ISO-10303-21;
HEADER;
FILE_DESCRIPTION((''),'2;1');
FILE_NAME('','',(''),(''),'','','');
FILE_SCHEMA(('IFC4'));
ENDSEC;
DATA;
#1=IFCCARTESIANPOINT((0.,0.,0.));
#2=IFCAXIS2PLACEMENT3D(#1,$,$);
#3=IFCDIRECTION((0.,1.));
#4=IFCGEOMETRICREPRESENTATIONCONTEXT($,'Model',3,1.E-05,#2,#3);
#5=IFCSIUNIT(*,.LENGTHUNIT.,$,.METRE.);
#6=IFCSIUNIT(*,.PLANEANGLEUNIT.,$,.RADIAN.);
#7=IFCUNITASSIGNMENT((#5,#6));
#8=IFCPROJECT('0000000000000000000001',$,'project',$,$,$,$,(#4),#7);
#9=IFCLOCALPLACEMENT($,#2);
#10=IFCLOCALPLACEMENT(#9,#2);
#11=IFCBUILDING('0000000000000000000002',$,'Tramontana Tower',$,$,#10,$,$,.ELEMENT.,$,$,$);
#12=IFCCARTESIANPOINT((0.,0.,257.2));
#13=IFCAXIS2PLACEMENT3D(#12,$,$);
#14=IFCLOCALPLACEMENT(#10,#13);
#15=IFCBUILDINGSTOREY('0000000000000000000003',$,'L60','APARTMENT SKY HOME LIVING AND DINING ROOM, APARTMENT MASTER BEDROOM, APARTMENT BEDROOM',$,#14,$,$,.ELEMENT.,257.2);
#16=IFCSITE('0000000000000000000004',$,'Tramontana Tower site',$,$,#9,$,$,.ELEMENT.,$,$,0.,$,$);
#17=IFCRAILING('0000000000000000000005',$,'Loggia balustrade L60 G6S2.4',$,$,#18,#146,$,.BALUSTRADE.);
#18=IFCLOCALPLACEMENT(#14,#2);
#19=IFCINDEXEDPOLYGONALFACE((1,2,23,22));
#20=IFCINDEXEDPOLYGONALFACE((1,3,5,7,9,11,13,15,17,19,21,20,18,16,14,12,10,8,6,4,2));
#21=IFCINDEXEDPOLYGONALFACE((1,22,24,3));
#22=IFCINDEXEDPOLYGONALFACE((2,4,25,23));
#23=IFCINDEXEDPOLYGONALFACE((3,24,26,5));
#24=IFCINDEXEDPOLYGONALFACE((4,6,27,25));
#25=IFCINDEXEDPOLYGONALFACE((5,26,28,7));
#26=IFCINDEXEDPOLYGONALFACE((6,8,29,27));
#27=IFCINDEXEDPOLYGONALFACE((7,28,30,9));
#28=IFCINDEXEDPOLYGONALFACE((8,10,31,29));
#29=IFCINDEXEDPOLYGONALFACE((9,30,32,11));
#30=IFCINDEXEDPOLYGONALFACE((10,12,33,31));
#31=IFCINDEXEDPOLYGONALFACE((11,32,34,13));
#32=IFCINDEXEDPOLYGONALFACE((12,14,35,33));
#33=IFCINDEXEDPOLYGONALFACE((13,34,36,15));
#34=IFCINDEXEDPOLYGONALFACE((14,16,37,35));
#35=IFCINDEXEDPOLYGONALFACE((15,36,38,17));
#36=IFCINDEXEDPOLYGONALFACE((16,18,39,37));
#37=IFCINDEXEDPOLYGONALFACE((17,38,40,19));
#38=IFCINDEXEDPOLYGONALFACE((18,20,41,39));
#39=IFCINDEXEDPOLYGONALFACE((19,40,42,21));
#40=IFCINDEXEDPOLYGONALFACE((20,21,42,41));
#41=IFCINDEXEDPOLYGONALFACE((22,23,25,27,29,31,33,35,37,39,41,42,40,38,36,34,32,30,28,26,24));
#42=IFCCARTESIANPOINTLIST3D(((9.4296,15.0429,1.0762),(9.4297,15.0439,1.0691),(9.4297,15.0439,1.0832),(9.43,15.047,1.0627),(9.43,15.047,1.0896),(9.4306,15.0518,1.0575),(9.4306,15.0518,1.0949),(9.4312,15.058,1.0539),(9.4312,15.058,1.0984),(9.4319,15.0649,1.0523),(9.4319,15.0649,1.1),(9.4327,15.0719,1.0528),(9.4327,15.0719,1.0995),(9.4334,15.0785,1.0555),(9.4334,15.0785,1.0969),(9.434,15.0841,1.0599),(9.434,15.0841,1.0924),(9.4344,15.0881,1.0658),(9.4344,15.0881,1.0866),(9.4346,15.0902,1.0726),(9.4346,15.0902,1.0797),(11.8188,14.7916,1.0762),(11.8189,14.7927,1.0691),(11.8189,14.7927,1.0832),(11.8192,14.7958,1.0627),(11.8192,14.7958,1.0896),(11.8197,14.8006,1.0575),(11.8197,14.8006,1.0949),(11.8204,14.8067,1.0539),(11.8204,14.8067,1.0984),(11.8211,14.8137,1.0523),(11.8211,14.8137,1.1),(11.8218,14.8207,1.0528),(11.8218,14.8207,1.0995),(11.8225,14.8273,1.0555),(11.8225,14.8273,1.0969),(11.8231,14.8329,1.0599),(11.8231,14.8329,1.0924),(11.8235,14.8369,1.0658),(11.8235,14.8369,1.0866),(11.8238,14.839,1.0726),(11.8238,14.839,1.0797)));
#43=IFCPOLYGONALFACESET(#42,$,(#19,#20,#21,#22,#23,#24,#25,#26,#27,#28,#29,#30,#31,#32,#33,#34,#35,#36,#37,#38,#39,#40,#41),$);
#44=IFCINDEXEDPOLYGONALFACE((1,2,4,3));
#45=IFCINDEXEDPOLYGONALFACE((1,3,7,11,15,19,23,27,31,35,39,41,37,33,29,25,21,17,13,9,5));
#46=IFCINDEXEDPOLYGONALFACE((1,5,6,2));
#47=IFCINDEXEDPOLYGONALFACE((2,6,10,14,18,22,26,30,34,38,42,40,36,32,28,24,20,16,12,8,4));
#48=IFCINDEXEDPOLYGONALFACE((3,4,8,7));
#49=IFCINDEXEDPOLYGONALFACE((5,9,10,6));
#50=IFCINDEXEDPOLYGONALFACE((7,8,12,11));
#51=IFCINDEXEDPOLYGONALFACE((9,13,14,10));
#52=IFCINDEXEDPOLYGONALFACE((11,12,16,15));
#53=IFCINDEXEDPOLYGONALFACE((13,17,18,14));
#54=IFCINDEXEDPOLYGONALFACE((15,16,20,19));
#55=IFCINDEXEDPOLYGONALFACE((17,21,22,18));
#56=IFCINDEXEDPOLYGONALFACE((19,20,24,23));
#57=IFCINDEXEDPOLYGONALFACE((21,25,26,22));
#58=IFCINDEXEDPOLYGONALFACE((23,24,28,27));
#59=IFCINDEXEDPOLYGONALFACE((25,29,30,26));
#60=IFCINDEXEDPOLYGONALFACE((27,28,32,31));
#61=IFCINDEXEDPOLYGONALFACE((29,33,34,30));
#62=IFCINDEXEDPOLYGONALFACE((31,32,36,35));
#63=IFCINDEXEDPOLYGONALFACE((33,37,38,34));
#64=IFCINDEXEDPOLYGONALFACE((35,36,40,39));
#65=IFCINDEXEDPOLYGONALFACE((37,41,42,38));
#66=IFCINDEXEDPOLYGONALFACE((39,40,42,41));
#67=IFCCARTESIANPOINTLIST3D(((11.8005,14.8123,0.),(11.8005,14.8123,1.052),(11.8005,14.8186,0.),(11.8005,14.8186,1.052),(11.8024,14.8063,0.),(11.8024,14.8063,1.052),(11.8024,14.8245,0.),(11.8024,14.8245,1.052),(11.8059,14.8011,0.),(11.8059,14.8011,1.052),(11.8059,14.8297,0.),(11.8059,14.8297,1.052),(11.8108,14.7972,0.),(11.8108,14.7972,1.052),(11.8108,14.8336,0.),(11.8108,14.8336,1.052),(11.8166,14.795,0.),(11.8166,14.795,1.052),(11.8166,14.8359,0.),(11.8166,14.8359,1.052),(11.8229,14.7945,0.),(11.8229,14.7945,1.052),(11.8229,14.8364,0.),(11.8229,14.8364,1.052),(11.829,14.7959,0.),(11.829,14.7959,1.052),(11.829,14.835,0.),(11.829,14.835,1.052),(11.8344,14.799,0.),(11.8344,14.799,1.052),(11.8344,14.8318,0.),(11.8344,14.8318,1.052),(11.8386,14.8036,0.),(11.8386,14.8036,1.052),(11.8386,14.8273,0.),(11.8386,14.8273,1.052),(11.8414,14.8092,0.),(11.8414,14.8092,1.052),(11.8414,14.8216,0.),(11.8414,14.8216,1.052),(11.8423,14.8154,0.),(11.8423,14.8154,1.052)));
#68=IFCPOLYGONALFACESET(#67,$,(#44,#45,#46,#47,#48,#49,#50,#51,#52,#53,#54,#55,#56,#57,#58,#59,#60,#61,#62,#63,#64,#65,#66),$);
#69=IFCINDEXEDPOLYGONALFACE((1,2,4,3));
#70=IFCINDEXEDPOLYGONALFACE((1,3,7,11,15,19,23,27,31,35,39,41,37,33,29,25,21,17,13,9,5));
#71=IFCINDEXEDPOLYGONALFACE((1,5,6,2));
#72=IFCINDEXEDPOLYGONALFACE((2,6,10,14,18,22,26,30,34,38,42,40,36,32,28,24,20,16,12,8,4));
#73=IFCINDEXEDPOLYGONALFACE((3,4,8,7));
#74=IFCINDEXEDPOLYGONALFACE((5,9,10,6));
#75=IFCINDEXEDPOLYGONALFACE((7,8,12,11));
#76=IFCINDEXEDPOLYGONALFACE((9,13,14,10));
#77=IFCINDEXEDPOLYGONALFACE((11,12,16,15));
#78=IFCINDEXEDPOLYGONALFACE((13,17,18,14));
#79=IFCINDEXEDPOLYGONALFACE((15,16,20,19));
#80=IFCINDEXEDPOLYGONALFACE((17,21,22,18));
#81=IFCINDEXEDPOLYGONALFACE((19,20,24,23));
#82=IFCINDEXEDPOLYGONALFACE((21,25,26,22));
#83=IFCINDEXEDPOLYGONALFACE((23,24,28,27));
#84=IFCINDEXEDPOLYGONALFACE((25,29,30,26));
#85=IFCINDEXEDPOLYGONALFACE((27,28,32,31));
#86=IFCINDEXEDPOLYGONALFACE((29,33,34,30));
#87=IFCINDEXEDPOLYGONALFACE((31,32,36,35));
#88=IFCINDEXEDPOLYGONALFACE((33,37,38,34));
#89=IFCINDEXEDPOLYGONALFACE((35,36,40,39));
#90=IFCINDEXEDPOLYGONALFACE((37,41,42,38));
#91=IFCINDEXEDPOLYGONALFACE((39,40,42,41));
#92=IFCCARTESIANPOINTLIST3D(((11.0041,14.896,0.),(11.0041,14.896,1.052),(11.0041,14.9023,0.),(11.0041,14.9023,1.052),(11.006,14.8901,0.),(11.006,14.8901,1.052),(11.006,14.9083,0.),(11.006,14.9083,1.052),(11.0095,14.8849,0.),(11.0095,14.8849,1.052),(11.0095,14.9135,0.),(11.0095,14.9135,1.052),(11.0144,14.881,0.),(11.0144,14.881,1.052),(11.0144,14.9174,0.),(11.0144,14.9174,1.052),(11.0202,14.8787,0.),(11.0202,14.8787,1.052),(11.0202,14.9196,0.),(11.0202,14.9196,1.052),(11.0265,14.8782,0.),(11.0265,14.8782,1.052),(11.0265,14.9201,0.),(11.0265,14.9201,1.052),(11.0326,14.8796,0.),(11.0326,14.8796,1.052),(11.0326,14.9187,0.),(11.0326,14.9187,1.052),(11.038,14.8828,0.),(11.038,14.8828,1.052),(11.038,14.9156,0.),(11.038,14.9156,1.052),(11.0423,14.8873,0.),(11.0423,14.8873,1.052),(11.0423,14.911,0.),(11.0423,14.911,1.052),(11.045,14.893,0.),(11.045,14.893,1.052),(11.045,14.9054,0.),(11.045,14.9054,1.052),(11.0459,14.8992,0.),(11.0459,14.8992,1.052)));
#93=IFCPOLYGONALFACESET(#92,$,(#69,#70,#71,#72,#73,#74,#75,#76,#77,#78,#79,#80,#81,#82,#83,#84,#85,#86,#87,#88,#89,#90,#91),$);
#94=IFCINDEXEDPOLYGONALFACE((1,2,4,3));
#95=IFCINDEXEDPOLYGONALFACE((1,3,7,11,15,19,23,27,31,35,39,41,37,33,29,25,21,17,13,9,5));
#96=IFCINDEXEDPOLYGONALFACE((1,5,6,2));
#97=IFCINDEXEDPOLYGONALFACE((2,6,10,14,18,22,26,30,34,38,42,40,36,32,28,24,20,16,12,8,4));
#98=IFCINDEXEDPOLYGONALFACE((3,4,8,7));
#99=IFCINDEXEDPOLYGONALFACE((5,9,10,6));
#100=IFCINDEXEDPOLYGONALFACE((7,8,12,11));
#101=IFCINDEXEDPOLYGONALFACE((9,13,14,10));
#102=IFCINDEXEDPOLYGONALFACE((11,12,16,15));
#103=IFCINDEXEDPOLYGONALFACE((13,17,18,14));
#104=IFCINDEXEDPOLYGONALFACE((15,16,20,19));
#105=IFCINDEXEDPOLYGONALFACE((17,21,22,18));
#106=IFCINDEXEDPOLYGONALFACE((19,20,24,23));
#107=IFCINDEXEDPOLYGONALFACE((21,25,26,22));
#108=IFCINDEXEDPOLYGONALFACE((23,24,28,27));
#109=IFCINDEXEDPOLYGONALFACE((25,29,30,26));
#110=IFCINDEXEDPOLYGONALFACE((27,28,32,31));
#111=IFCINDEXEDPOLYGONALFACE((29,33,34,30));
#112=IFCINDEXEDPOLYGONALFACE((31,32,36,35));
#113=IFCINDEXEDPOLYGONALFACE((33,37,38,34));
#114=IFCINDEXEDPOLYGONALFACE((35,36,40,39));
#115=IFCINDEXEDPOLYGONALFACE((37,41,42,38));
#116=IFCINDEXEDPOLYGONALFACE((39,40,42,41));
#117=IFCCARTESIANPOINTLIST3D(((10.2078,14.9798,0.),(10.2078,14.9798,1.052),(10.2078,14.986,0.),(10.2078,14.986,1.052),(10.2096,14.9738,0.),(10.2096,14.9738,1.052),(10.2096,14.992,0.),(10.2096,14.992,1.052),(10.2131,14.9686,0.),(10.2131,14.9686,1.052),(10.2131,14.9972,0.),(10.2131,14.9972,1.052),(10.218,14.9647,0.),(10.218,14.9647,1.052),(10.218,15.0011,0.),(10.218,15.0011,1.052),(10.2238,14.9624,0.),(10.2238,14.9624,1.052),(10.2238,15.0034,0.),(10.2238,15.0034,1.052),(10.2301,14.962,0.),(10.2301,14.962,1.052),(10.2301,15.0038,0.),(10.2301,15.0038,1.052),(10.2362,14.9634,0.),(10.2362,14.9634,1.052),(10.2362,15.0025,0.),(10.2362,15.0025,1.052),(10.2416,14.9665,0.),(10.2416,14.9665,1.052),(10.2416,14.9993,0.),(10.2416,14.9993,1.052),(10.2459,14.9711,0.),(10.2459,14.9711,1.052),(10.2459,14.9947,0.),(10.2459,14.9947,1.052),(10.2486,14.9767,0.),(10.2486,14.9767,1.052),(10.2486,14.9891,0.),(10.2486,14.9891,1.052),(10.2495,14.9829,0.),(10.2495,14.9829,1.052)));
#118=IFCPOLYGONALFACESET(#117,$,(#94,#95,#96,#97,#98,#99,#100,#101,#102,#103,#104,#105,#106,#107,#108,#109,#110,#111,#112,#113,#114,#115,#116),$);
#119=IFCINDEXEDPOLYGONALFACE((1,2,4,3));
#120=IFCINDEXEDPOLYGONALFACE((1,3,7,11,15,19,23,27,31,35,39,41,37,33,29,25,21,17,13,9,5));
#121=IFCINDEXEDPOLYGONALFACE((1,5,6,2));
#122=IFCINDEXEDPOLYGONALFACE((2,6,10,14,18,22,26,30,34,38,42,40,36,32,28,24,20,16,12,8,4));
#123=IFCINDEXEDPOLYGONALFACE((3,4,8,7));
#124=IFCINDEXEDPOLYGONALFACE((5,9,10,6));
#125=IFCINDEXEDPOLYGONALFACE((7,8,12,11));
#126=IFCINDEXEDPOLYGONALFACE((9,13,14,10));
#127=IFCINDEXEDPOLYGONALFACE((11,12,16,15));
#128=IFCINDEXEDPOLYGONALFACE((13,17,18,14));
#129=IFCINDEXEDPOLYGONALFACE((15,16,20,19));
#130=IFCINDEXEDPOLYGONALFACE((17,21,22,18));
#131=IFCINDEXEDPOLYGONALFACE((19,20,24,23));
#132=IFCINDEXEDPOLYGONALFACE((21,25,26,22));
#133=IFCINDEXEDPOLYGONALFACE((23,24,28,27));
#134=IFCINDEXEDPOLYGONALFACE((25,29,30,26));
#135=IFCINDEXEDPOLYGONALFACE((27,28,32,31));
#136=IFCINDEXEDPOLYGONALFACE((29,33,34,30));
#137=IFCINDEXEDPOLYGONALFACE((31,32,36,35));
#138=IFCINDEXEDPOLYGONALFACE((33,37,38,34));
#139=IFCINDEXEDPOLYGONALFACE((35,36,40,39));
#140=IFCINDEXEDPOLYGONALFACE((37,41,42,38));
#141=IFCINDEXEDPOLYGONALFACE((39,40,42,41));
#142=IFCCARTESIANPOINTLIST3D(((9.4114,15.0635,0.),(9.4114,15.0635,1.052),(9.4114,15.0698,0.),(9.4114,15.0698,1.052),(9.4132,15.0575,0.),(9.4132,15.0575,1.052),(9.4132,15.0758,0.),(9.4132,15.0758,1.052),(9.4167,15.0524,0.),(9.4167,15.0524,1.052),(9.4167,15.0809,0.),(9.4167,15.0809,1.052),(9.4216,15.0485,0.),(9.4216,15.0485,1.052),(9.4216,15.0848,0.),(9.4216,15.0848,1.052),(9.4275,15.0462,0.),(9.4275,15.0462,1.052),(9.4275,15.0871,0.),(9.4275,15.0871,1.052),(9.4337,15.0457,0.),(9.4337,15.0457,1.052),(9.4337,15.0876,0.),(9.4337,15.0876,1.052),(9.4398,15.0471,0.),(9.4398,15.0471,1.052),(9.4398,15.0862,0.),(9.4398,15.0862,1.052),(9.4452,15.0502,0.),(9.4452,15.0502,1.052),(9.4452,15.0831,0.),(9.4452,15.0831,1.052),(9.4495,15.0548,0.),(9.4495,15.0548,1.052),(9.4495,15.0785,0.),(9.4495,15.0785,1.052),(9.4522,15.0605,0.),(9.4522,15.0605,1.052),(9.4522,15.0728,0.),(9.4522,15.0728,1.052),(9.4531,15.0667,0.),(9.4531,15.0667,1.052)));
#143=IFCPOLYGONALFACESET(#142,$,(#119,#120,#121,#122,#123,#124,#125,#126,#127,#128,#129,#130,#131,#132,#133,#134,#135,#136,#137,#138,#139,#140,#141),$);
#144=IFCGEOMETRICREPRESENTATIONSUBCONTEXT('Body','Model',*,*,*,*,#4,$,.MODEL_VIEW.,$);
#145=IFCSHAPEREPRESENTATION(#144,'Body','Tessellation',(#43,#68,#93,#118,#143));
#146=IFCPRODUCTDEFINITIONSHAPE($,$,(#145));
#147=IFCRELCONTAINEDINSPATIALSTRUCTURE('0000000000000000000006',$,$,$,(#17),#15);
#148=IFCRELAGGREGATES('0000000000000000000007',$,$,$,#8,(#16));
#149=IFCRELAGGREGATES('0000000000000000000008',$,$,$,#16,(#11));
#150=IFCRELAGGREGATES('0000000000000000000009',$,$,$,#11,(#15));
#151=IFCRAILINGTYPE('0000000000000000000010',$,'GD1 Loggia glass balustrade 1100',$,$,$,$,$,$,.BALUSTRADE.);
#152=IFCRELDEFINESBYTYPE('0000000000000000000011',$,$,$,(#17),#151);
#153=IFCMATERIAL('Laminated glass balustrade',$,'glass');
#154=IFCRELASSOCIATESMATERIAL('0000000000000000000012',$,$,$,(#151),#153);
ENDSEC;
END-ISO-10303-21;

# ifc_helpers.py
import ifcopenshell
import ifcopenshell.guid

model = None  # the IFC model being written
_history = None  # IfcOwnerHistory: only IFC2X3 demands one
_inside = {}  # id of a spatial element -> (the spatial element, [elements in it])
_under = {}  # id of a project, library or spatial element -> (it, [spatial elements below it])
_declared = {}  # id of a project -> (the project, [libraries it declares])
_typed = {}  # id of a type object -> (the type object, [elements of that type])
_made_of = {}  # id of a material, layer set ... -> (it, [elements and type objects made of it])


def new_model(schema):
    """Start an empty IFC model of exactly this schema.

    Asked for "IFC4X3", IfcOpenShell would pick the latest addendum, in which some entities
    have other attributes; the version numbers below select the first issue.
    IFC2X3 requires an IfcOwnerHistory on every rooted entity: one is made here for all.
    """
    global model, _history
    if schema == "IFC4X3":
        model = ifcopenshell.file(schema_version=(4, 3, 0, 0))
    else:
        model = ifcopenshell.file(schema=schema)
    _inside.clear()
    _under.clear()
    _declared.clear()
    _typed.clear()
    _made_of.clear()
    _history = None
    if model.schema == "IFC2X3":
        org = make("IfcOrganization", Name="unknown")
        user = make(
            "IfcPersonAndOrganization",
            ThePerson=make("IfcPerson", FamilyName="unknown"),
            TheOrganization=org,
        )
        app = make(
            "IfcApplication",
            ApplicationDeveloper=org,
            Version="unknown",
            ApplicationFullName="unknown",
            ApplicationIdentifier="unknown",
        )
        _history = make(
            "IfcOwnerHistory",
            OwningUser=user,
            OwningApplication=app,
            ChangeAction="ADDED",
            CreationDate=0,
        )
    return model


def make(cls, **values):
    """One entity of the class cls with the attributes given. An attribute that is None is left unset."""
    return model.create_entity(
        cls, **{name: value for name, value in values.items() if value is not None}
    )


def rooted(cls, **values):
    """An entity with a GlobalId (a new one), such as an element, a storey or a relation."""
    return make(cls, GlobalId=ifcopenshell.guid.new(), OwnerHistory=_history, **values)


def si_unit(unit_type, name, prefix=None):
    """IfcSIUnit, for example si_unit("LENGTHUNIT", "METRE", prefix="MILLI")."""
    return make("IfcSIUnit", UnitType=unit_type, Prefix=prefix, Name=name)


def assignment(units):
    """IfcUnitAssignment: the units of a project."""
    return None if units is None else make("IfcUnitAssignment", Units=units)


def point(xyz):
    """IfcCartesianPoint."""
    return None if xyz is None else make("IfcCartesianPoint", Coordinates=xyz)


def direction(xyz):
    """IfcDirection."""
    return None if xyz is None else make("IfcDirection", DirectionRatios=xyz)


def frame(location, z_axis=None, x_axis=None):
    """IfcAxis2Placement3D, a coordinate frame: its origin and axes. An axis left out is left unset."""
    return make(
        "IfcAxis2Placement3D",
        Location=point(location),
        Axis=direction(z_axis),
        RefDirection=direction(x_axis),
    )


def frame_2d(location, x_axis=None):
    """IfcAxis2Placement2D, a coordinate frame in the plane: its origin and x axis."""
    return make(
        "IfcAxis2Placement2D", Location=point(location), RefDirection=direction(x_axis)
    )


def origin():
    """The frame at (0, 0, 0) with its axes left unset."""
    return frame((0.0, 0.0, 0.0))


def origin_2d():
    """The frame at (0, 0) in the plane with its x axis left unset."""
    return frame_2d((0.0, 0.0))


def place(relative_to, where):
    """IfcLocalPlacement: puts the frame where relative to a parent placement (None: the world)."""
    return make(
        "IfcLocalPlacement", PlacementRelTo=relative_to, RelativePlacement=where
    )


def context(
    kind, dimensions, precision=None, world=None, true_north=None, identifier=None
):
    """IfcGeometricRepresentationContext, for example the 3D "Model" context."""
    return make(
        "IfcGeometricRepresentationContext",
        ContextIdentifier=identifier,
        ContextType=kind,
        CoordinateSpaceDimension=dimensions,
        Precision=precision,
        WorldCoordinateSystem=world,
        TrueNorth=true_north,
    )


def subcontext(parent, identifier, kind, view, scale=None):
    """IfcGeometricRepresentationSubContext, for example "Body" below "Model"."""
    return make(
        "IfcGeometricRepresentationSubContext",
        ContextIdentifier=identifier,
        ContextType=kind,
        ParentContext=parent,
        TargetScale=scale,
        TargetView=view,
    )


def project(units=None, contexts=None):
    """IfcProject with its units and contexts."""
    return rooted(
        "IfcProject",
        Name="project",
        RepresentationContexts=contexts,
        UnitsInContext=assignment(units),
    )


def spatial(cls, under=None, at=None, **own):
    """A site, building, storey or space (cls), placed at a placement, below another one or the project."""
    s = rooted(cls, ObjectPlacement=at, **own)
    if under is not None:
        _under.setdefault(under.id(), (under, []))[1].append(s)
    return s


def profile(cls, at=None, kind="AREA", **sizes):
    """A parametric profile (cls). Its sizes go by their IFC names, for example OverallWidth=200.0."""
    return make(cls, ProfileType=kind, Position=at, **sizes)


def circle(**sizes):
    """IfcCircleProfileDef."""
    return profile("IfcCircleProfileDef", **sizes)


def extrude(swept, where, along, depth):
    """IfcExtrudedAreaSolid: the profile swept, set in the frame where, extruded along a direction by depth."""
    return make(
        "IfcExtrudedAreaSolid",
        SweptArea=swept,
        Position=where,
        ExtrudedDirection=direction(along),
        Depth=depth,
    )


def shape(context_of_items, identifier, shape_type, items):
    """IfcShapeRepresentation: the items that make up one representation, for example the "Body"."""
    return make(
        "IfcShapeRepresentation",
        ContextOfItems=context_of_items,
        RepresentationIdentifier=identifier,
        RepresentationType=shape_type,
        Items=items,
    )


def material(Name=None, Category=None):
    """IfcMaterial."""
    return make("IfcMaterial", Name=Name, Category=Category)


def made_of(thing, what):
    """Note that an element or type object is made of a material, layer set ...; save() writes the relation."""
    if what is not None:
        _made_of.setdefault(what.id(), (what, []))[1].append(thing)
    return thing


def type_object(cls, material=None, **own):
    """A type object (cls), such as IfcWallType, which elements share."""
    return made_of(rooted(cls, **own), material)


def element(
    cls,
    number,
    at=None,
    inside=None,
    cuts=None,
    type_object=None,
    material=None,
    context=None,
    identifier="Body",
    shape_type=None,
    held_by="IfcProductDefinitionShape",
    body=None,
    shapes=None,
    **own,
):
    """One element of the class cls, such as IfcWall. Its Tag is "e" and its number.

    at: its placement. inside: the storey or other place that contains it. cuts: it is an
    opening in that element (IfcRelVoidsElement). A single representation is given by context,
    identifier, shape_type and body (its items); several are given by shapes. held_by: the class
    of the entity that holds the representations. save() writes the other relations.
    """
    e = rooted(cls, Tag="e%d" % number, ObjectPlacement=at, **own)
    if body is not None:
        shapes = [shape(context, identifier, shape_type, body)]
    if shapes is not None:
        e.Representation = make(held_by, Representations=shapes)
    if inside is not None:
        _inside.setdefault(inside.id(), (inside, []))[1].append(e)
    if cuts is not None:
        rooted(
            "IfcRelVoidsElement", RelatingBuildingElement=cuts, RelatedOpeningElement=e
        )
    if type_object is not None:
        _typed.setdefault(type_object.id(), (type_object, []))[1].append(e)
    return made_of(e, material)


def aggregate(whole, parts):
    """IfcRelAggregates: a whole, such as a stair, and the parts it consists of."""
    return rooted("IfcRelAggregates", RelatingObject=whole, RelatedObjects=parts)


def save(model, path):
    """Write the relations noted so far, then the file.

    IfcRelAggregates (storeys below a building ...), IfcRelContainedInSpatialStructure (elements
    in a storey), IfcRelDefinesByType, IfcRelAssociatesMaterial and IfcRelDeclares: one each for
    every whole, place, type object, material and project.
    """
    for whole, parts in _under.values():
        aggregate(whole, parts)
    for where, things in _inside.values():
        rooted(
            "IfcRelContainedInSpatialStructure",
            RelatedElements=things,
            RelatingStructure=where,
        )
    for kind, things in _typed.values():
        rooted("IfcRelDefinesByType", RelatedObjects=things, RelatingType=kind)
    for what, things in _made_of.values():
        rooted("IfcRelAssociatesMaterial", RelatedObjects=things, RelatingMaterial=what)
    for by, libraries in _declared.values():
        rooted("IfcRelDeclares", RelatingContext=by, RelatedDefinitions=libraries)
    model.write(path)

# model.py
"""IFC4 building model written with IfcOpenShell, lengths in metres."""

from ifc_helpers import new_model, si_unit, direction, frame, origin, origin_2d, place, context, subcontext, project, spatial, circle, extrude, material, type_object, element, save


model = new_model("IFC4")

# Units and contexts
model_context = context("Model", 3, precision=1e-05, world=origin(), true_north=direction((0.0, 1.0)))
body_context = subcontext(model_context, "Body", "Model", "MODEL_VIEW")
ifc_project = project(units=[si_unit("LENGTHUNIT", "METRE"), si_unit("PLANEANGLEUNIT", "RADIAN")], contexts=[model_context])

# Site, building, storey
site_placement = place(None, origin())
site = spatial("IfcSite", under=ifc_project, at=site_placement, Name="Tramontana Tower site", CompositionType="ELEMENT", RefElevation=0.0)
building_placement = place(site_placement, origin())
building = spatial("IfcBuilding", under=site, at=building_placement, Name="Tramontana Tower", CompositionType="ELEMENT")
storey_placement = place(building_placement, frame((0.0, 0.0, 257.2)))
storey = spatial("IfcBuildingStorey", under=building, at=storey_placement, Name="L60", Description="APARTMENT SKY HOME LIVING AND DINING ROOM, APARTMENT MASTER BEDROOM, APARTMENT BEDROOM", CompositionType="ELEMENT", Elevation=257.2)

# Railing
ifc_material_1 = material(Name="Laminated glass balustrade", Category="glass")
railing_type = type_object("IfcRailingType", Name="GD1 Loggia glass balustrade 1100", PredefinedType="BALUSTRADE", material=ifc_material_1)
railing_placement = place(storey_placement, frame((11.8213, 14.8154, 0.0)))
element("IfcRailing", 1, at=railing_placement, inside=storey, type_object=railing_type, Name="Loggia balustrade L60 G6S2.4", PredefinedType="BALUSTRADE", context=body_context, shape_type="SweptSolid", body=[
    extrude(circle(Radius=0.0239, at=origin_2d()), frame((0.0, 0.0, 1.0762), z_axis=(-0.994517, 0.104574, 0.0), x_axis=(-0.104574, -0.994517, 0.0)), (0.0, 0.0, 1.0), 2.4023),
    extrude(circle(Radius=0.021, at=origin_2d()), origin(), (0.0, 0.0, 1.0), 1.052),
    extrude(circle(Radius=0.021, at=origin_2d()), frame((-0.7964, 0.0837, 0.0)), (0.0, 0.0, 1.0), 1.052),
    extrude(circle(Radius=0.021, at=origin_2d()), frame((-1.5928, 0.1675, 0.0)), (0.0, 0.0, 1.0), 1.052),
    extrude(circle(Radius=0.021, at=origin_2d()), frame((-2.3892, 0.2512, 0.0)), (0.0, 0.0, 1.0), 1.052),
])

save(model, "model.ifc")
